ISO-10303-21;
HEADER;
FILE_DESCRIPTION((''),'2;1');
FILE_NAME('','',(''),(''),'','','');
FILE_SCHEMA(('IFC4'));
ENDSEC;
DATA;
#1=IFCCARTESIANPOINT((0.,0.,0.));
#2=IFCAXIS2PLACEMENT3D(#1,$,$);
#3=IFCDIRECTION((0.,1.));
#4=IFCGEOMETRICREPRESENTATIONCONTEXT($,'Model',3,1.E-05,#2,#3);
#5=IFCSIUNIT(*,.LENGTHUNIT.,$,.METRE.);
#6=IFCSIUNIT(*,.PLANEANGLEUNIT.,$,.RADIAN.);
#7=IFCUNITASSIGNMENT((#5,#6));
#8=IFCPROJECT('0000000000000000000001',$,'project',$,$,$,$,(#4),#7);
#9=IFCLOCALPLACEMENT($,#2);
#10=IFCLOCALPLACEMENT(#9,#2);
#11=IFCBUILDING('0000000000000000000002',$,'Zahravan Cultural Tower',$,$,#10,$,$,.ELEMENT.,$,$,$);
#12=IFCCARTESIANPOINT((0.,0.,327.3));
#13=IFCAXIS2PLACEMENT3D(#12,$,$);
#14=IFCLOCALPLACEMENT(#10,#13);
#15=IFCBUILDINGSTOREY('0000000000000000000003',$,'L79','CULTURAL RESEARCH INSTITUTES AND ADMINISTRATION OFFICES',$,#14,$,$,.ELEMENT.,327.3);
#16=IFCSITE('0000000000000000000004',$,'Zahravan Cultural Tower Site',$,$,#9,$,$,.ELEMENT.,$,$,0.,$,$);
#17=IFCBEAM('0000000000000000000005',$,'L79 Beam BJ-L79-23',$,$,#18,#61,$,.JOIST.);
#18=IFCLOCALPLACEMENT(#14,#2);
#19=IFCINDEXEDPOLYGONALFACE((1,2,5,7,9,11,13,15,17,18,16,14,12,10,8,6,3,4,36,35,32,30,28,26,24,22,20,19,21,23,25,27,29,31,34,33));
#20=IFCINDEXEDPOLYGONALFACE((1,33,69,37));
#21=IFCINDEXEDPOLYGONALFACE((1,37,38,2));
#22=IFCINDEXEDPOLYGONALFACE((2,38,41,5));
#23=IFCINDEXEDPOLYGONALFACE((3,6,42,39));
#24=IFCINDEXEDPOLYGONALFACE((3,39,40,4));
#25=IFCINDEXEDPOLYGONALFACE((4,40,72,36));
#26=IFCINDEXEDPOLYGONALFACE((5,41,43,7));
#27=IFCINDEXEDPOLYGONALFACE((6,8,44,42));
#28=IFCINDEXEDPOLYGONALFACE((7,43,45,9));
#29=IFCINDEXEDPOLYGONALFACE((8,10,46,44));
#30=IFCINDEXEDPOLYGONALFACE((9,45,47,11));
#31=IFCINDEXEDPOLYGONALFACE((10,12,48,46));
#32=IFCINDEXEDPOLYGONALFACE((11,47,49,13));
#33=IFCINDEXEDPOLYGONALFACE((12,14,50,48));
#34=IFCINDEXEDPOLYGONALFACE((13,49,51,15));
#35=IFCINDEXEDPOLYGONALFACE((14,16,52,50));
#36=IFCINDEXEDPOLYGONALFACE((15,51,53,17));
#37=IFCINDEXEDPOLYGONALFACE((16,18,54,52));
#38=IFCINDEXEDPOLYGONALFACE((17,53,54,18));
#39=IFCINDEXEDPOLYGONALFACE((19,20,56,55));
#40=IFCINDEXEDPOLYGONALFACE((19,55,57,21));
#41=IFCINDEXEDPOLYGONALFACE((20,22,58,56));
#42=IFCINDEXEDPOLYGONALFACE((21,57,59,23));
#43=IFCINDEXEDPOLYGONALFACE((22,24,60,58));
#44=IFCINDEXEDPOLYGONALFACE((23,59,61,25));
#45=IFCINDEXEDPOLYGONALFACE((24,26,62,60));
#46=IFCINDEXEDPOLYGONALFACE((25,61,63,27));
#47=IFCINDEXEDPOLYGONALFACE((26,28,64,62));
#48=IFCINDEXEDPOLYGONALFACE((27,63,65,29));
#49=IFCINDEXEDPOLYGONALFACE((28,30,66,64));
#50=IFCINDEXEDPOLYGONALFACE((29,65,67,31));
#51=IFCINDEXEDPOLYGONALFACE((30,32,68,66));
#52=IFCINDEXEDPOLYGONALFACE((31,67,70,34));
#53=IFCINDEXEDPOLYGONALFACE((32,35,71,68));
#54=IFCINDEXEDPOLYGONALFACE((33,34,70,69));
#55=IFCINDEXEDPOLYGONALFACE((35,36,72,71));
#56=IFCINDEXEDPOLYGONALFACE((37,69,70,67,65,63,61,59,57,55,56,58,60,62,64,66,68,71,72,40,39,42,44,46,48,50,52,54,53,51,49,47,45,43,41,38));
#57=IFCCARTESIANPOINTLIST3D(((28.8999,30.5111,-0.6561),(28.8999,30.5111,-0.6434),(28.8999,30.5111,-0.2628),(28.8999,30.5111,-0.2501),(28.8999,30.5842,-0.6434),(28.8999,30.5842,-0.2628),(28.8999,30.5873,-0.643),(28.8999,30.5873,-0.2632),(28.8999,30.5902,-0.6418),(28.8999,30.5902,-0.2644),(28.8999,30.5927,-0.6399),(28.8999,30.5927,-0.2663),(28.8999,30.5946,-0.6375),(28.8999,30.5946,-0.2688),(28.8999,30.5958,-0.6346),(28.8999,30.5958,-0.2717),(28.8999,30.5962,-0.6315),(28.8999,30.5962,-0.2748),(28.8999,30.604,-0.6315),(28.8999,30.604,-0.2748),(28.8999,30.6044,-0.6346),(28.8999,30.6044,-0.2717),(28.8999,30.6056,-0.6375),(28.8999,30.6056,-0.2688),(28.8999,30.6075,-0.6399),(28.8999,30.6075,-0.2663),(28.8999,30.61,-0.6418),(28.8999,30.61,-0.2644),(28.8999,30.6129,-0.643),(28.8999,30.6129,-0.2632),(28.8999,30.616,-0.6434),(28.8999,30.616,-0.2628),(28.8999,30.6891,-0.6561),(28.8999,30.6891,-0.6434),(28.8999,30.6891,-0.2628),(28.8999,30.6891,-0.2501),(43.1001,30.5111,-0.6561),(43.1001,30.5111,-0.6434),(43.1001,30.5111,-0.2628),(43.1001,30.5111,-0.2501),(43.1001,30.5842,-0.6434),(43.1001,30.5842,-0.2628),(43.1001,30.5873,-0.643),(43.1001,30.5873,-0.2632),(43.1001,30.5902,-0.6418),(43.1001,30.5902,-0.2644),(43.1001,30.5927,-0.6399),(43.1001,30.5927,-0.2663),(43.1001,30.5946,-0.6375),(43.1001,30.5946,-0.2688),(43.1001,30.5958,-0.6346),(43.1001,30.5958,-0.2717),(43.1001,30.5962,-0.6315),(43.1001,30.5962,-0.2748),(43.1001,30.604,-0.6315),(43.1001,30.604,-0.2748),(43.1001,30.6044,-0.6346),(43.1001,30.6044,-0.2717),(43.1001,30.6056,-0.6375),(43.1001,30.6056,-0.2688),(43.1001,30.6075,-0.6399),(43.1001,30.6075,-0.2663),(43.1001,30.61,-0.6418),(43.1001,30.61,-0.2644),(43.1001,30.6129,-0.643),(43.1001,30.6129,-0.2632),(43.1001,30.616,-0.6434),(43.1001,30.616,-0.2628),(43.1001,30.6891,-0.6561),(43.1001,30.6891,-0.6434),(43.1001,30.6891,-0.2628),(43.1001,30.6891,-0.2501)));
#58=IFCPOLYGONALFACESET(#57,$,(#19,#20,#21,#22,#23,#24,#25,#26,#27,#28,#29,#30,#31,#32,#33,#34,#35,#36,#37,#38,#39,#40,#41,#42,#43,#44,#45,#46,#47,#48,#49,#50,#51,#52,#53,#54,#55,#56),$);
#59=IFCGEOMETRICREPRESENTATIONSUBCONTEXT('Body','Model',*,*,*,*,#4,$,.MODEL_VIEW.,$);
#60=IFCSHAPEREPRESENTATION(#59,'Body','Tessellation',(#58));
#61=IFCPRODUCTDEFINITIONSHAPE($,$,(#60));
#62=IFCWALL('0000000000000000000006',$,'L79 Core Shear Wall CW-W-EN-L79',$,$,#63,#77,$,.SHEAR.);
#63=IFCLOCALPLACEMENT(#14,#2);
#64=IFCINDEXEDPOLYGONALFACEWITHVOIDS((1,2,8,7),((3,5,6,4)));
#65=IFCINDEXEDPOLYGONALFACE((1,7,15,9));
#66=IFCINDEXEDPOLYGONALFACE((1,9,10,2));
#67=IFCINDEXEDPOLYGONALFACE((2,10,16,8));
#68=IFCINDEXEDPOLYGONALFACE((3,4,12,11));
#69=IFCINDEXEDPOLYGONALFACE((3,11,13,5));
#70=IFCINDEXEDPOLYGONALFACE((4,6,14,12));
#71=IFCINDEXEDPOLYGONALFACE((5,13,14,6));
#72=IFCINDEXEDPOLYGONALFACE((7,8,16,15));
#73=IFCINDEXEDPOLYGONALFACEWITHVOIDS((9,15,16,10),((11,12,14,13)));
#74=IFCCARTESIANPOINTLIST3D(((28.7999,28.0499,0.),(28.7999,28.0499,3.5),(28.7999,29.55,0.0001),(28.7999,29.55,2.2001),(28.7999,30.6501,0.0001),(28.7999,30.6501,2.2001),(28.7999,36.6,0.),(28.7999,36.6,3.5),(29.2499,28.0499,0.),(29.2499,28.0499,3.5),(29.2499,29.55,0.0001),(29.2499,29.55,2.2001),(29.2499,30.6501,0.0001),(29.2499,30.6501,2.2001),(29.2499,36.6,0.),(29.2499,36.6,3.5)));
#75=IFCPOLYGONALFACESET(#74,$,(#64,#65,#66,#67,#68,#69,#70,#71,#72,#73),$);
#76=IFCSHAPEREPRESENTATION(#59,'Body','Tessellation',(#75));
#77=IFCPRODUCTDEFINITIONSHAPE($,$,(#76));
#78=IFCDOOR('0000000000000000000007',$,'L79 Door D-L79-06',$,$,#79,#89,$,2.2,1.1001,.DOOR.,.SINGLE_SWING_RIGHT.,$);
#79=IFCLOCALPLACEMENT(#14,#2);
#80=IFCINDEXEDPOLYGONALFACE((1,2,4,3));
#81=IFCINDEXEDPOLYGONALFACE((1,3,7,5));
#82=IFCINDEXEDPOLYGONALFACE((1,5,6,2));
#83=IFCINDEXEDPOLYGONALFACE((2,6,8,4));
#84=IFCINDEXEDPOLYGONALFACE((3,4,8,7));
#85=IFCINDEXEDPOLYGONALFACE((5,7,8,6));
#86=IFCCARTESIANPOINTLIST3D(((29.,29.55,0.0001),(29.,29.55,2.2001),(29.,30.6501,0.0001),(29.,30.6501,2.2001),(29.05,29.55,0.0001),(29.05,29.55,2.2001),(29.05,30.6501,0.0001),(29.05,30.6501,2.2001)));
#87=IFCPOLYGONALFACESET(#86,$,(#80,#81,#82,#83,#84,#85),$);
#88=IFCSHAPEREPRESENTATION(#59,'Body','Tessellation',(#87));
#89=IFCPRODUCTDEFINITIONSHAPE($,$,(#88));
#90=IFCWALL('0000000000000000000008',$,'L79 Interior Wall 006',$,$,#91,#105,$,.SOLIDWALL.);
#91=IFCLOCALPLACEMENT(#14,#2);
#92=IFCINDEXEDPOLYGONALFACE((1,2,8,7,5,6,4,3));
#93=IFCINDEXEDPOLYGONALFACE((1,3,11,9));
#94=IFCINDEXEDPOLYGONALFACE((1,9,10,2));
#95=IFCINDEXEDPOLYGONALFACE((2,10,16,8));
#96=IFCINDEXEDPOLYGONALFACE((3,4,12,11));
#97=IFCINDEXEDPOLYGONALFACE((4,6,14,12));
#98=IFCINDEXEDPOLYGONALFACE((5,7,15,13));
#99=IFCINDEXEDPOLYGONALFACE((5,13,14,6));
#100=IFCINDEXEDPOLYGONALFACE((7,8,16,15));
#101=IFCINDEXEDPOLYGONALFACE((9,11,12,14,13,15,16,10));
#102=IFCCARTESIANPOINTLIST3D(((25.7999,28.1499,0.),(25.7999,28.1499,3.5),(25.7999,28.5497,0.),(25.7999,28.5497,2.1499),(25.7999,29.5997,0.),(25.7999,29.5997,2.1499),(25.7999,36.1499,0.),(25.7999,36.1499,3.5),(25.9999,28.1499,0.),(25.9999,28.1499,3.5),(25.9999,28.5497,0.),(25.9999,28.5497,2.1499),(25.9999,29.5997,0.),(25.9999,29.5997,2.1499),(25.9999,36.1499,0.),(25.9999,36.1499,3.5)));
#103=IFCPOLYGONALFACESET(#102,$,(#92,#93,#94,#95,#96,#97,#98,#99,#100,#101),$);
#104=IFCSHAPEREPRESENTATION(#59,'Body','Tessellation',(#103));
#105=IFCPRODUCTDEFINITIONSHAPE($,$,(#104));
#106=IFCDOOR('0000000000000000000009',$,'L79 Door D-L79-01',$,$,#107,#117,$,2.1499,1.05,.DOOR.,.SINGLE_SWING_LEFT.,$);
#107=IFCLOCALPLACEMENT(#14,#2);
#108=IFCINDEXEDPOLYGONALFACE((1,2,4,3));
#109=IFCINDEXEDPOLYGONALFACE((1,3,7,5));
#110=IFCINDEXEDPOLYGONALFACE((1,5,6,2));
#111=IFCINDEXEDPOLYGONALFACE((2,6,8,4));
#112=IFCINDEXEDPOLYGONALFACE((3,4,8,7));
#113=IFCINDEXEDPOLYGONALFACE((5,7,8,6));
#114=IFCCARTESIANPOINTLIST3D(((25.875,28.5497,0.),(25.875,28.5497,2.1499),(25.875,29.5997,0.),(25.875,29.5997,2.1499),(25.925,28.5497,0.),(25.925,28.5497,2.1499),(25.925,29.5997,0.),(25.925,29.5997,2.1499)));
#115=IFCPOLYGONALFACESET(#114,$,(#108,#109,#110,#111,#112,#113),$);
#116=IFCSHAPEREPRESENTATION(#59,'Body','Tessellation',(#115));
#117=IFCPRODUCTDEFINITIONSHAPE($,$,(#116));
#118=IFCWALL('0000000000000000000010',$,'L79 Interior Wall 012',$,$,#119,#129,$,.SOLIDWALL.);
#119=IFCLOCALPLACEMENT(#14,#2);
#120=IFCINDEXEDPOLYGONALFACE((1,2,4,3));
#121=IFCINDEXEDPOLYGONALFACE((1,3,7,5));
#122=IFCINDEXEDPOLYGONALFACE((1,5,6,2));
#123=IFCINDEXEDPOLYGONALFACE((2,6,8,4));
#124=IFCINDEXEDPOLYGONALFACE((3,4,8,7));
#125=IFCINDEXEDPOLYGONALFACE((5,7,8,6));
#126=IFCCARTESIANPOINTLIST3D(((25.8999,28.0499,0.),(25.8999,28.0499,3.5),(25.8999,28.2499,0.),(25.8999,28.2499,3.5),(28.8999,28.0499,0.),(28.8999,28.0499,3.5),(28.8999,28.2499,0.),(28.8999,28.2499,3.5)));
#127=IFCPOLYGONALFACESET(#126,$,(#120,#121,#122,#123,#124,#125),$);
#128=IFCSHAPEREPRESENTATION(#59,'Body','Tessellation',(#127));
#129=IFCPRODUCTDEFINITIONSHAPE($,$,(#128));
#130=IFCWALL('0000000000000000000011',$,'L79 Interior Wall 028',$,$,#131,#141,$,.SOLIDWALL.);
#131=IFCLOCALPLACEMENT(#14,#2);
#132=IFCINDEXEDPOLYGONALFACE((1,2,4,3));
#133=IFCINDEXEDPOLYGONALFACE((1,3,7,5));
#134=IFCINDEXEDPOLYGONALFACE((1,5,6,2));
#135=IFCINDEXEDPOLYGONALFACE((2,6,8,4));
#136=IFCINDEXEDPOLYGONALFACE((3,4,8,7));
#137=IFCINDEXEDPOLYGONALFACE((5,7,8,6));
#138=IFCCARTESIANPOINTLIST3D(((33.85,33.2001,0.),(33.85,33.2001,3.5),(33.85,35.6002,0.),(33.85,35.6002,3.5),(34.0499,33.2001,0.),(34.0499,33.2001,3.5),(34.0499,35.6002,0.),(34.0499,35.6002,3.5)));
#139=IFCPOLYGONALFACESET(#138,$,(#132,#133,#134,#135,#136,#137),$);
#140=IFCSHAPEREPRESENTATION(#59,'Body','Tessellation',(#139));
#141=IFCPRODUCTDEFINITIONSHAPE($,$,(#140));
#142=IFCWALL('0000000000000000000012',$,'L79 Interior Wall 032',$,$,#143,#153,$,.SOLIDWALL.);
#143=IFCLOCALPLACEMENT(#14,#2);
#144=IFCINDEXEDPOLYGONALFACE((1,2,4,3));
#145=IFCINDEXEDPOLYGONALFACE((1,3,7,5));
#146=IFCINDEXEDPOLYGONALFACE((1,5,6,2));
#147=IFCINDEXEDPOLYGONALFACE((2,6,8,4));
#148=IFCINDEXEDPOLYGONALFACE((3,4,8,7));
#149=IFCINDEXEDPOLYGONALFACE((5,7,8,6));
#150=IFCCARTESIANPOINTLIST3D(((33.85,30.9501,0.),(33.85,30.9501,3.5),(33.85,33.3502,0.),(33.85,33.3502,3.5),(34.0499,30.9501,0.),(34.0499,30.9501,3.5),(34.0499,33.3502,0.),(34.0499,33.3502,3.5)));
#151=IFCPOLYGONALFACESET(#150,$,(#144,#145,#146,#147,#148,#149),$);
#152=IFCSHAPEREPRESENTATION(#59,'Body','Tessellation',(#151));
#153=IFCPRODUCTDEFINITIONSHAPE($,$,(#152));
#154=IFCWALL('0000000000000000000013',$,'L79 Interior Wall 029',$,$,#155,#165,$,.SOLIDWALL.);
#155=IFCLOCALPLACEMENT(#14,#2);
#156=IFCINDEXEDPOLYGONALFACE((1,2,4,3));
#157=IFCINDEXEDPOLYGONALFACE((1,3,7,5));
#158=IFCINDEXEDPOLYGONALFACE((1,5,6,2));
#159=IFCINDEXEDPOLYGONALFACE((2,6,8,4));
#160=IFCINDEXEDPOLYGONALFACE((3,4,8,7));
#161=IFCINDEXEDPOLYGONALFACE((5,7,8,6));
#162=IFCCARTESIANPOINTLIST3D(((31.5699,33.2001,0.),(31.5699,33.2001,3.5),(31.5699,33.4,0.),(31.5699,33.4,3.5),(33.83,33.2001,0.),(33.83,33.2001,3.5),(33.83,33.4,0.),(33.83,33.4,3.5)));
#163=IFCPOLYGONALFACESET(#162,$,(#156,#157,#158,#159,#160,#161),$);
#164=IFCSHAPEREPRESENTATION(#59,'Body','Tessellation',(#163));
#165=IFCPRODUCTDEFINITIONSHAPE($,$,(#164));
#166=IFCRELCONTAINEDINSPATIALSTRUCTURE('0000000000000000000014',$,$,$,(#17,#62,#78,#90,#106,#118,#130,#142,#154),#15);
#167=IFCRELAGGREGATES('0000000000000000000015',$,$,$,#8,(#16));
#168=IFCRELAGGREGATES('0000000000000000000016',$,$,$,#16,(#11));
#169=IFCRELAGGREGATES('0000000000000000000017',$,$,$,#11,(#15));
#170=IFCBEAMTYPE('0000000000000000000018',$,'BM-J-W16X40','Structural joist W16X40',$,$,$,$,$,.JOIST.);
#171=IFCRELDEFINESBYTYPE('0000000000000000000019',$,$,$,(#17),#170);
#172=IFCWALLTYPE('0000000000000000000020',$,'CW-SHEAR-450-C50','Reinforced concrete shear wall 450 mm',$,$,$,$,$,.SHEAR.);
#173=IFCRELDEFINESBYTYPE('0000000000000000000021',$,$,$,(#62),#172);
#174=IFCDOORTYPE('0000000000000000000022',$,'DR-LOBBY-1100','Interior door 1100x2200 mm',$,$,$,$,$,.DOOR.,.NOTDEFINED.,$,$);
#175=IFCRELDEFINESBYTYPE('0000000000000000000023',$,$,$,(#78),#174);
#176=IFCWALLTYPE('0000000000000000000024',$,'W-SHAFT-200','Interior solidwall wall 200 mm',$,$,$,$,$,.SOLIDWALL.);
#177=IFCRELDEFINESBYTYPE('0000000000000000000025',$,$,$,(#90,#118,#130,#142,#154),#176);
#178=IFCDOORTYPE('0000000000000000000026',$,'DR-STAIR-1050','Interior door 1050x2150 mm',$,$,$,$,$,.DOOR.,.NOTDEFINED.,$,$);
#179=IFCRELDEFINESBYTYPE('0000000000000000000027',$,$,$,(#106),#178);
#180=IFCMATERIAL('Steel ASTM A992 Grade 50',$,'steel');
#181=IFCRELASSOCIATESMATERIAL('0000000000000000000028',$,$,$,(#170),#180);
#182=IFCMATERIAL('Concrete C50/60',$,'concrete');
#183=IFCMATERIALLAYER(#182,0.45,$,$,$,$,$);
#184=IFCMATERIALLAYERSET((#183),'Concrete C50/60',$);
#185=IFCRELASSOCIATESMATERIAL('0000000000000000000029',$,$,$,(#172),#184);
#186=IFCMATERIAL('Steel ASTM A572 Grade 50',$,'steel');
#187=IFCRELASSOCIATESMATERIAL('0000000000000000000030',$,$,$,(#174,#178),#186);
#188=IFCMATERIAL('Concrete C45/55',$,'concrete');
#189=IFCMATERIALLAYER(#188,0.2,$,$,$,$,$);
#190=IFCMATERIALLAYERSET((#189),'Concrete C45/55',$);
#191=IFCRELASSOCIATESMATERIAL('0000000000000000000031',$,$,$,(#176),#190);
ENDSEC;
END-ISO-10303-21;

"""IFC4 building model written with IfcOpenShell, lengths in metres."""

from ifc_helpers import new_model, si_unit, direction, frame, frame_2d, origin, origin_2d, place, context, subcontext, project, spatial, rectangle, i_section, extrude, source, transform, mapped, material, layer, layer_set, material_profile, profile_set, type_object, element, fill, save


model = new_model("IFC4")

# Units and contexts
model_context = context("Model", 3, precision=1e-05, world=origin(), true_north=direction((0.0, 1.0)))
body_context = subcontext(model_context, "Body", "Model", "MODEL_VIEW")
ifc_project = project(units=[si_unit("LENGTHUNIT", "METRE"), si_unit("PLANEANGLEUNIT", "RADIAN")], contexts=[model_context])

# Site, building, storey
site_placement = place(None, origin())
site = spatial("IfcSite", under=ifc_project, at=site_placement, Name="Zahravan Cultural Tower Site", CompositionType="ELEMENT", RefElevation=0.0)
building_placement = place(site_placement, origin())
building = spatial("IfcBuilding", under=site, at=building_placement, Name="Zahravan Cultural Tower", CompositionType="ELEMENT")
storey_placement = place(building_placement, frame((0.0, 0.0, 327.3)))
storey = spatial("IfcBuildingStorey", under=building, at=storey_placement, Name="L79", Description="CULTURAL RESEARCH INSTITUTES AND ADMINISTRATION OFFICES", CompositionType="ELEMENT", Elevation=327.3)

# Beam
ifc_material_1 = material(Name="Steel ASTM A992 Grade 50", Category="steel")
ifc_material_profile = material_profile(ifc_material_1, i_section(OverallWidth=0.178, OverallDepth=0.406, WebThickness=0.0078, FlangeThickness=0.0127, FilletRadius=0.012, at=origin_2d()), Name="W16X40")
ifc_profile_set = profile_set([ifc_material_profile], Name="Steel ASTM A992 Grade 50")
beam_type = type_object("IfcBeamType", Name="BM-J-W16X40", Description="Structural joist W16X40", PredefinedType="JOIST", material=ifc_profile_set)
shared_shape_1 = source(origin(), body_context, "Body", "SweptSolid", [
    extrude(i_section(OverallWidth=0.178, OverallDepth=0.406, WebThickness=0.0078, FlangeThickness=0.0127, FilletRadius=0.012, at=origin_2d()), origin(), (0.0, 0.0, 1.0), 14.2002),
])
beam_placement = place(storey_placement, frame((28.8999, 30.6001, -0.4531), z_axis=(1.0, 0.0, 0.0), x_axis=(0.0, 1.0, 0.0)))
element("IfcBeam", 1, at=beam_placement, inside=storey, type_object=beam_type, Name="L79 Beam BJ-L79-23", PredefinedType="JOIST", context=body_context, shape_type="MappedRepresentation", body=[
    mapped(shared_shape_1, transform((0.0, 0.0, 0.0), x_axis=(1.0, 0.0, 0.0), y_axis=(0.0, 1.0, 0.0), z_axis=(0.0, 0.0, 1.0), scale=1.0)),
])

# Walls, openings, doors
ifc_material_2 = material(Name="Concrete C50/60", Category="concrete")
ifc_layer_1 = layer(ifc_material_2, 0.45)
ifc_layer_set_1 = layer_set([ifc_layer_1], Name="Concrete C50/60")
wall_type_1 = type_object("IfcWallType", Name="CW-SHEAR-450-C50", Description="Reinforced concrete shear wall 450 mm", PredefinedType="SHEAR", material=ifc_layer_set_1)
wall_1_placement = place(storey_placement, frame((29.0249, 28.05, 0.0), z_axis=(0.0, 0.0, 1.0), x_axis=(0.0, 1.0, 0.0)))
wall_1 = element("IfcWall", 2, at=wall_1_placement, inside=storey, type_object=wall_type_1, Name="L79 Core Shear Wall CW-W-EN-L79", PredefinedType="SHEAR", context=body_context, shape_type="SweptSolid", body=[
    extrude(rectangle(XDim=8.55, YDim=0.45, at=frame_2d((4.2749, 0.0))), origin(), (0.0, 0.0, 1.0), 3.5),
])
opening_1_placement = place(wall_1_placement, frame((1.5, 0.0, 0.0)))
opening_1 = element("IfcOpeningElement", 3, at=opening_1_placement, cuts=wall_1, PredefinedType="OPENING", context=body_context, shape_type="SweptSolid", body=[
    extrude(rectangle(XDim=1.1001, YDim=2.2, at=frame_2d((0.55, 1.1001))), frame((0.0, 0.2349, 0.0), z_axis=(0.0, -1.0, 0.0), x_axis=(1.0, 0.0, 0.0)), (0.0, 0.0, 1.0), 0.47),
])
ifc_material_3 = material(Name="Steel ASTM A572 Grade 50", Category="steel")
door_type_1 = type_object("IfcDoorType", Name="DR-LOBBY-1100", Description="Interior door 1100x2200 mm", OperationType="NOTDEFINED", PredefinedType="DOOR", material=ifc_material_3)
shared_shape_2 = source(origin(), body_context, "Body", "SweptSolid", [
    extrude(rectangle(XDim=1.1001, YDim=2.2, at=frame_2d((0.55, 1.1001))), frame((0.0, 0.0249, 0.0), z_axis=(0.0, -1.0, 0.0), x_axis=(1.0, 0.0, 0.0)), (0.0, 0.0, 1.0), 0.05),
])
door_1_placement = place(opening_1_placement, origin())
door_1 = element("IfcDoor", 4, at=door_1_placement, inside=storey, type_object=door_type_1, Name="L79 Door D-L79-06", OperationType="SINGLE_SWING_RIGHT", OverallHeight=2.2, OverallWidth=1.1001, PredefinedType="DOOR", context=body_context, shape_type="MappedRepresentation", body=[
    mapped(shared_shape_2, transform((0.0, 0.0, 0.0), x_axis=(1.0, 0.0, 0.0), y_axis=(0.0, 1.0, 0.0), z_axis=(0.0, 0.0, 1.0), scale=1.0)),
])
fill(opening_1, door_1)
ifc_material_4 = material(Name="Concrete C45/55", Category="concrete")
ifc_layer_2 = layer(ifc_material_4, 0.2)
ifc_layer_set_2 = layer_set([ifc_layer_2], Name="Concrete C45/55")
wall_type_2 = type_object("IfcWallType", Name="W-SHAFT-200", Description="Interior solidwall wall 200 mm", PredefinedType="SOLIDWALL", material=ifc_layer_set_2)
wall_2_placement = place(storey_placement, frame((25.8999, 28.1499, 0.0), z_axis=(0.0, 0.0, 1.0), x_axis=(0.0, 1.0, 0.0)))
wall_2 = element("IfcWall", 5, at=wall_2_placement, inside=storey, type_object=wall_type_2, Name="L79 Interior Wall 006", PredefinedType="SOLIDWALL", context=body_context, shape_type="SweptSolid", body=[
    extrude(rectangle(XDim=8.0, YDim=0.2, at=frame_2d((4.0, 0.0))), origin(), (0.0, 0.0, 1.0), 3.5),
])
opening_2_placement = place(wall_2_placement, frame((0.3999, 0.0, 0.0)))
opening_2 = element("IfcOpeningElement", 6, at=opening_2_placement, cuts=wall_2, PredefinedType="OPENING", context=body_context, shape_type="SweptSolid", body=[
    extrude(rectangle(XDim=1.05, YDim=2.1499, at=frame_2d((0.5249, 1.075))), frame((0.0, 0.1099, 0.0), z_axis=(0.0, -1.0, 0.0), x_axis=(1.0, 0.0, 0.0)), (0.0, 0.0, 1.0), 0.22),
])
door_type_2 = type_object("IfcDoorType", Name="DR-STAIR-1050", Description="Interior door 1050x2150 mm", OperationType="NOTDEFINED", PredefinedType="DOOR", material=ifc_material_3)
shared_shape_3 = source(origin(), body_context, "Body", "SweptSolid", [
    extrude(rectangle(XDim=1.05, YDim=2.1499, at=frame_2d((0.5249, 1.075))), frame((0.0, 0.0249, 0.0), z_axis=(0.0, -1.0, 0.0), x_axis=(1.0, 0.0, 0.0)), (0.0, 0.0, 1.0), 0.05),
])
door_2_placement = place(opening_2_placement, origin())
door_2 = element("IfcDoor", 7, at=door_2_placement, inside=storey, type_object=door_type_2, Name="L79 Door D-L79-01", OperationType="SINGLE_SWING_LEFT", OverallHeight=2.1499, OverallWidth=1.05, PredefinedType="DOOR", context=body_context, shape_type="MappedRepresentation", body=[
    mapped(shared_shape_3, transform((0.0, 0.0, 0.0), x_axis=(1.0, 0.0, 0.0), y_axis=(0.0, 1.0, 0.0), z_axis=(0.0, 0.0, 1.0), scale=1.0)),
])
fill(opening_2, door_2)

# Walls
shared_shape_4 = source(origin(), body_context, "Body", "SweptSolid", [
    extrude(rectangle(XDim=3.0, YDim=0.2, at=frame_2d((1.5, 0.0))), origin(), (0.0, 0.0, 1.0), 3.5),
])
wall_3_placement = place(storey_placement, frame((25.8999, 28.1499, 0.0), z_axis=(0.0, 0.0, 1.0), x_axis=(1.0, 0.0, 0.0)))
element("IfcWall", 8, at=wall_3_placement, inside=storey, type_object=wall_type_2, Name="L79 Interior Wall 012", PredefinedType="SOLIDWALL", context=body_context, shape_type="MappedRepresentation", body=[
    mapped(shared_shape_4, transform((0.0, 0.0, 0.0), x_axis=(1.0, 0.0, 0.0), y_axis=(0.0, 1.0, 0.0), z_axis=(0.0, 0.0, 1.0), scale=1.0)),
])
shared_shape_5 = source(origin(), body_context, "Body", "SweptSolid", [
    extrude(rectangle(XDim=2.4001, YDim=0.2, at=frame_2d((1.2002, 0.0))), origin(), (0.0, 0.0, 1.0), 3.5),
])
for number, where, z_axis, x_axis, name in (
    (9, (33.95, 33.2, 0.0), (0.0, 0.0, 1.0), (0.0, 1.0, 0.0), "L79 Interior Wall 028"),
    (10, (33.95, 30.95, 0.0), (0.0, 0.0, 1.0), (0.0, 1.0, 0.0), "L79 Interior Wall 032"),
):
    element("IfcWall", number, at=place(storey_placement, frame(where, z_axis=z_axis, x_axis=x_axis)), inside=storey, type_object=wall_type_2, Name=name, PredefinedType="SOLIDWALL", context=body_context, shape_type="MappedRepresentation", body=[
        mapped(shared_shape_5, transform((0.0, 0.0, 0.0), x_axis=(1.0, 0.0, 0.0), y_axis=(0.0, 1.0, 0.0), z_axis=(0.0, 0.0, 1.0), scale=1.0)),
    ])
shared_shape_6 = source(origin(), body_context, "Body", "SweptSolid", [
    extrude(rectangle(XDim=2.26, YDim=0.2, at=frame_2d((1.1299, 0.0))), origin(), (0.0, 0.0, 1.0), 3.5),
])
for number, where, z_axis, x_axis, name in (
    (11, (31.5701, 33.3, 0.0), (0.0, 0.0, 1.0), (1.0, 0.0, 0.0), "L79 Interior Wall 029"),
):
    element("IfcWall", number, at=place(storey_placement, frame(where, z_axis=z_axis, x_axis=x_axis)), inside=storey, type_object=wall_type_2, Name=name, PredefinedType="SOLIDWALL", context=body_context, shape_type="MappedRepresentation", body=[
        mapped(shared_shape_6, transform((0.0, 0.0, 0.0), x_axis=(1.0, 0.0, 0.0), y_axis=(0.0, 1.0, 0.0), z_axis=(0.0, 0.0, 1.0), scale=1.0)),
    ])

save(model, "model.ifc")
